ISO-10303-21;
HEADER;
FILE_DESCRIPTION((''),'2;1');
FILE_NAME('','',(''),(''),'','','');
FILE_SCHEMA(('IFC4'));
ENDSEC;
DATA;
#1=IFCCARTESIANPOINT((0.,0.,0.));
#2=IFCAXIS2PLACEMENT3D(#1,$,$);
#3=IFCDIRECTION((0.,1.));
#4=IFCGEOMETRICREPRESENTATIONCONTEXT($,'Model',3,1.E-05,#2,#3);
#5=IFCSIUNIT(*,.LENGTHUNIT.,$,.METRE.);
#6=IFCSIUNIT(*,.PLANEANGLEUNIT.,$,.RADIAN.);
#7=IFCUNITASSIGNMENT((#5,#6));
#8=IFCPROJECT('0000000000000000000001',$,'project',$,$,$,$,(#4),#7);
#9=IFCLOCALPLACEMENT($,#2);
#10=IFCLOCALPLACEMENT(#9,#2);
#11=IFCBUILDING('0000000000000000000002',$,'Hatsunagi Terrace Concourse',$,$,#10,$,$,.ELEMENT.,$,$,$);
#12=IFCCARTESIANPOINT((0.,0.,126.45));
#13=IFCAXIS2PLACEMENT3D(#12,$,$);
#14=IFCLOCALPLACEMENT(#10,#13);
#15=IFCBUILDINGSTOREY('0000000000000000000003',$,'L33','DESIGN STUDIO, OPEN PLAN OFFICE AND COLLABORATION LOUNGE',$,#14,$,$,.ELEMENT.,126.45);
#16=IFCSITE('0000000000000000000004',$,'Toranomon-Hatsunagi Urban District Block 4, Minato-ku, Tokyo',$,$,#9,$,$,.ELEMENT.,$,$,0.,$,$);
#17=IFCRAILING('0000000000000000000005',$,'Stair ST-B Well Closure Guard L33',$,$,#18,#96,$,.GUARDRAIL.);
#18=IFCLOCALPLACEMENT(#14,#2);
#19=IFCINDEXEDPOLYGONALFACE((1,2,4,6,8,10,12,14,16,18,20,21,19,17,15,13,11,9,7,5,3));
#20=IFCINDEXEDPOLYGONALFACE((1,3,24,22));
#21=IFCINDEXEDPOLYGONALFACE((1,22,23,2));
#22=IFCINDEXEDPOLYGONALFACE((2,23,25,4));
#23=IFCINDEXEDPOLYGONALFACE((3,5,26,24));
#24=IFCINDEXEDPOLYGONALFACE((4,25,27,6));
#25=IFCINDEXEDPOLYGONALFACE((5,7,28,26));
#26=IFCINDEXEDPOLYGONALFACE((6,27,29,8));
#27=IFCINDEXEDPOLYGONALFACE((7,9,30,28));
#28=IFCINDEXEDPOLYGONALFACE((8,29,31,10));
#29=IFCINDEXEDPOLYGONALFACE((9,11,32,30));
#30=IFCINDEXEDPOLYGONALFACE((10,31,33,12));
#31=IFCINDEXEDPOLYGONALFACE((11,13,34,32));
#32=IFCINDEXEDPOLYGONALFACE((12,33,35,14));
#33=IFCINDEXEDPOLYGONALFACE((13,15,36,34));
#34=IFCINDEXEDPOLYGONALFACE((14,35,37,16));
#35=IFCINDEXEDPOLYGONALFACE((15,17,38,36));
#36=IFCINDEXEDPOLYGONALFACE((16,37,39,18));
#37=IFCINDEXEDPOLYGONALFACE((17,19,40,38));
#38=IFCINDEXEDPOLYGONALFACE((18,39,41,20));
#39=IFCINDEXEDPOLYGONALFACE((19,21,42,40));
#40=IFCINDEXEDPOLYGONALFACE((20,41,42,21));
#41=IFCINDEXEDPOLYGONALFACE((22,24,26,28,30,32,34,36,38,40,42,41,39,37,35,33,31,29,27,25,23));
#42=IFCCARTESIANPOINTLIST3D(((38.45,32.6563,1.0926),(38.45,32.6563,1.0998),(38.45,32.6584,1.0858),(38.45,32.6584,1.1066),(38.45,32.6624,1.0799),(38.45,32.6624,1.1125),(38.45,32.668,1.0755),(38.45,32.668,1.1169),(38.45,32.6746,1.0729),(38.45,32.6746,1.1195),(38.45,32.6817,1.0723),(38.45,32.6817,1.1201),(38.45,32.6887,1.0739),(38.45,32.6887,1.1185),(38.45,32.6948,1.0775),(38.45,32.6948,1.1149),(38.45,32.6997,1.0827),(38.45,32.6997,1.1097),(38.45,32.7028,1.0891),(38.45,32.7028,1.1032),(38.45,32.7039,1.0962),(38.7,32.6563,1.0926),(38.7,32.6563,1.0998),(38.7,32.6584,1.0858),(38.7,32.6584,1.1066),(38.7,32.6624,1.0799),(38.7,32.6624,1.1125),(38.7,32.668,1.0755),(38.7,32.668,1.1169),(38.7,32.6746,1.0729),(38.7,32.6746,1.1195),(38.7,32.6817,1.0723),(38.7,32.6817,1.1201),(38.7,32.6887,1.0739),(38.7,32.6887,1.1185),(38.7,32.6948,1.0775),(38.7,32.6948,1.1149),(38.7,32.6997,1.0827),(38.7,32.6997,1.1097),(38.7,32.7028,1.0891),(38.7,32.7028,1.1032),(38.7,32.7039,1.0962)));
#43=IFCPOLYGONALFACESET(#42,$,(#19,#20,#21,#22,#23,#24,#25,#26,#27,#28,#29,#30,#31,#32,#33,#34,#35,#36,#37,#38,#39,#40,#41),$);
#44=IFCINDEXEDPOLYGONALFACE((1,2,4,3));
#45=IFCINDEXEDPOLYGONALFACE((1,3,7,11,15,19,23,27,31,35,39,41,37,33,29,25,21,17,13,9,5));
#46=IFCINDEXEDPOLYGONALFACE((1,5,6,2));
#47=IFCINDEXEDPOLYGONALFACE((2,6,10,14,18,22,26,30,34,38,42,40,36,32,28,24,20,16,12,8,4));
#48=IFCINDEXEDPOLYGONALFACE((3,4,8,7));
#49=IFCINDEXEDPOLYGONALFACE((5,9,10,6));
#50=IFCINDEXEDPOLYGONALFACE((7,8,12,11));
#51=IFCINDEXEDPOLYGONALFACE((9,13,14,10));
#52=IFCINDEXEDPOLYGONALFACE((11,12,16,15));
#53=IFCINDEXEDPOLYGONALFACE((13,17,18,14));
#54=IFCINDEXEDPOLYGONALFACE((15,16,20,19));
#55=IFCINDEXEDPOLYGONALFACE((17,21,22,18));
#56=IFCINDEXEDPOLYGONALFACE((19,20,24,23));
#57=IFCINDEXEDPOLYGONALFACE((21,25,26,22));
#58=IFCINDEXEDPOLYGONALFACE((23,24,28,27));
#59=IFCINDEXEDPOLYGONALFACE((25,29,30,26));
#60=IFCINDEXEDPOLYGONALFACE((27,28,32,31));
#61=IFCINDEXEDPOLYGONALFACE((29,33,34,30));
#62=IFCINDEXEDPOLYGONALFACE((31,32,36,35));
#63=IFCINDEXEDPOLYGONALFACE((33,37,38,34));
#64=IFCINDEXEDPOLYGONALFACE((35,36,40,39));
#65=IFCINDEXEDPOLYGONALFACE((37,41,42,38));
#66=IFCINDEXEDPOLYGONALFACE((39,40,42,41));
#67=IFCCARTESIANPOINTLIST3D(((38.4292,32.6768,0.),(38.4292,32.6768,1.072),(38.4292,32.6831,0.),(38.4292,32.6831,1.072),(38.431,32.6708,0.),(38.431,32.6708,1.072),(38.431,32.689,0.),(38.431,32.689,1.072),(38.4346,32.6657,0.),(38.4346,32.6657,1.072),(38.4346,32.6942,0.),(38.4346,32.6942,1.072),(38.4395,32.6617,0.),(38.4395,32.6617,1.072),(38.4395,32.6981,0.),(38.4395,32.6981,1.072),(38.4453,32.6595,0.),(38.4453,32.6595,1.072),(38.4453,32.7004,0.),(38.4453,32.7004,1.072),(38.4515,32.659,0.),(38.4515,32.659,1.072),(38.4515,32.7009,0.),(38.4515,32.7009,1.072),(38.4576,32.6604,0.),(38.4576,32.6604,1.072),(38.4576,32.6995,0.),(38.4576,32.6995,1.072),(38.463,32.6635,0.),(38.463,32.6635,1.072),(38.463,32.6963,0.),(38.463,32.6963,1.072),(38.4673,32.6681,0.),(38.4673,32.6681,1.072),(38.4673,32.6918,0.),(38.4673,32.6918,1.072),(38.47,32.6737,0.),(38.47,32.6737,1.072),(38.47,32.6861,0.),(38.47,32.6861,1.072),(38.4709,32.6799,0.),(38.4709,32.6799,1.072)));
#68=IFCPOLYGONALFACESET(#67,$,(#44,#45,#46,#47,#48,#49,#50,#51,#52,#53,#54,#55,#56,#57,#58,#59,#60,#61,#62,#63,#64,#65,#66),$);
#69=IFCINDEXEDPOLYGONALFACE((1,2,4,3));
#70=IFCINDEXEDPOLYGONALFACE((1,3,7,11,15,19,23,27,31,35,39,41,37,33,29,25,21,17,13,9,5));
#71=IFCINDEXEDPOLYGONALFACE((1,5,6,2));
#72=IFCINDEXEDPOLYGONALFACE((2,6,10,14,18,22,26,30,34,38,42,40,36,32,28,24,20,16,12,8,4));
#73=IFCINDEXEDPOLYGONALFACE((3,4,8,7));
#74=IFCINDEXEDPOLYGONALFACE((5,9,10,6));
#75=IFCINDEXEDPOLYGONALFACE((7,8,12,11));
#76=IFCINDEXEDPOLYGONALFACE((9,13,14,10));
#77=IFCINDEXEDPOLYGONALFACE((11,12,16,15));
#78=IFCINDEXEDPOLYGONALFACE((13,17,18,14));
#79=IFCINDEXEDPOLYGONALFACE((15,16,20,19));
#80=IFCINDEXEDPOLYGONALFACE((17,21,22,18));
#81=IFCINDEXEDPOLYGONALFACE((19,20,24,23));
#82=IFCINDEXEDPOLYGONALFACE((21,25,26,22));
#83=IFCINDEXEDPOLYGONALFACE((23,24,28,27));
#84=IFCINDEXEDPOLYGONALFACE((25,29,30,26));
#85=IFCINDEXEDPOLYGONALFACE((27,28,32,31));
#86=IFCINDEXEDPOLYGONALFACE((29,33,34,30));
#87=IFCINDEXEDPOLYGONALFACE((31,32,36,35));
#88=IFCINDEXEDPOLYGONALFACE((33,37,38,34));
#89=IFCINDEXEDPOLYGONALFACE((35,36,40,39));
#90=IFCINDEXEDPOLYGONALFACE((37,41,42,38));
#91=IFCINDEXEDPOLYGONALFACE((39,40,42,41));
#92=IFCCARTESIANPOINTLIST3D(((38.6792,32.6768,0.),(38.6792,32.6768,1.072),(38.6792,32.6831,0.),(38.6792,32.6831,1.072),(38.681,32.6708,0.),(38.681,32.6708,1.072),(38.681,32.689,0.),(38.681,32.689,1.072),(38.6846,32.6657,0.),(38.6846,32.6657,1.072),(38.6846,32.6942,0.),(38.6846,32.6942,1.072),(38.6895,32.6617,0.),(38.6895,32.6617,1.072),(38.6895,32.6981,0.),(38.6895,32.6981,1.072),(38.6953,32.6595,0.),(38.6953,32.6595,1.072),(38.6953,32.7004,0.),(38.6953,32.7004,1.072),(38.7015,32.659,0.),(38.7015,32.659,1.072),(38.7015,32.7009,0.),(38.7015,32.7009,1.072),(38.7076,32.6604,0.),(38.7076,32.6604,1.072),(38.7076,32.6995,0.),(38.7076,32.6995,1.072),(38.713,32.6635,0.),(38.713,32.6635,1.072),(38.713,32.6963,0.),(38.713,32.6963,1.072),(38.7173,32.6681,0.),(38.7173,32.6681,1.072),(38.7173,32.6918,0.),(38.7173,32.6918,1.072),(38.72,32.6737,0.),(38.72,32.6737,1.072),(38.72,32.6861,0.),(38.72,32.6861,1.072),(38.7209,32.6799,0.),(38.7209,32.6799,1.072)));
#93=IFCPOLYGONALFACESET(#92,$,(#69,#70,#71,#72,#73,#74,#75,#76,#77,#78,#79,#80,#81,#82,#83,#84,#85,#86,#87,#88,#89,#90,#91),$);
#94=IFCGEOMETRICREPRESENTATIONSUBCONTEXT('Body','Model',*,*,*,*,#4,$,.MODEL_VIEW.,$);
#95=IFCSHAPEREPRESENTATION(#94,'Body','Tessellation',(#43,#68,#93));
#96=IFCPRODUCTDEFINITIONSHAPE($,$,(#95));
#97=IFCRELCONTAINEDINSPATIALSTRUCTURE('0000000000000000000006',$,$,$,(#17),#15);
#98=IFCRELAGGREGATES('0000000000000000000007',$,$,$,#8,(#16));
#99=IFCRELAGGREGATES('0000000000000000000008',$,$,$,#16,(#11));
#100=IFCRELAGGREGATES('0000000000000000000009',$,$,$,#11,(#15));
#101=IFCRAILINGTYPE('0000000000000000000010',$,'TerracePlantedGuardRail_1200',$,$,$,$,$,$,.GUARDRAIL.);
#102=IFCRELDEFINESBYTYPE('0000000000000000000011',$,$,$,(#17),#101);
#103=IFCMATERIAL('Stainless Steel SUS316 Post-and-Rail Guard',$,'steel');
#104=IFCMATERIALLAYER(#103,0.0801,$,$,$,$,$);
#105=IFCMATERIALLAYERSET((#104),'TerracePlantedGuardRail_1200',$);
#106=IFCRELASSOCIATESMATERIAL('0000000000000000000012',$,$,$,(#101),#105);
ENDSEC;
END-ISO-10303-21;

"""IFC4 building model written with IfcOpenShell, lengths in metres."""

from ifc_helpers import new_model, si_unit, direction, frame, origin, origin_2d, place, context, subcontext, project, spatial, circle, extrude, material, layer, layer_set, type_object, element, save


model = new_model("IFC4")

# Units and contexts
model_context = context("Model", 3, precision=1e-05, world=origin(), true_north=direction((0.0, 1.0)))
body_context = subcontext(model_context, "Body", "Model", "MODEL_VIEW")
ifc_project = project(units=[si_unit("LENGTHUNIT", "METRE"), si_unit("PLANEANGLEUNIT", "RADIAN")], contexts=[model_context])

# Site, building, storey
site_placement = place(None, origin())
site = spatial("IfcSite", under=ifc_project, at=site_placement, Name="Toranomon-Hatsunagi Urban District Block 4, Minato-ku, Tokyo", CompositionType="ELEMENT", RefElevation=0.0)
building_placement = place(site_placement, origin())
building = spatial("IfcBuilding", under=site, at=building_placement, Name="Hatsunagi Terrace Concourse", CompositionType="ELEMENT")
storey_placement = place(building_placement, frame((0.0, 0.0, 126.45)))
storey = spatial("IfcBuildingStorey", under=building, at=storey_placement, Name="L33", Description="DESIGN STUDIO, OPEN PLAN OFFICE AND COLLABORATION LOUNGE", CompositionType="ELEMENT", Elevation=126.45)

# Railing
ifc_material_1 = material(Name="Stainless Steel SUS316 Post-and-Rail Guard", Category="steel")
ifc_layer_1 = layer(ifc_material_1, 0.0801)
ifc_layer_set_1 = layer_set([ifc_layer_1], Name="TerracePlantedGuardRail_1200")
railing_type_1 = type_object("IfcRailingType", Name="TerracePlantedGuardRail_1200", PredefinedType="GUARDRAIL", material=ifc_layer_set_1)
railing_1_placement = place(storey_placement, frame((38.45, 32.6799, 0.0)))
element("IfcRailing", 1, at=railing_1_placement, inside=storey, type_object=railing_type_1, Name="Stair ST-B Well Closure Guard L33", PredefinedType="GUARDRAIL", context=body_context, shape_type="SweptSolid", body=[
    extrude(circle(Radius=0.0239, at=origin_2d()), frame((0.0, 0.0, 1.0962), z_axis=(1.0, 0.0, 0.0), x_axis=(0.0, 1.0, 0.0)), (0.0, 0.0, 1.0), 0.25),
    extrude(circle(Radius=0.021, at=origin_2d()), origin(), (0.0, 0.0, 1.0), 1.072),
    extrude(circle(Radius=0.021, at=origin_2d()), frame((0.25, 0.0, 0.0)), (0.0, 0.0, 1.0), 1.072),
])

save(model, "model.ifc")
